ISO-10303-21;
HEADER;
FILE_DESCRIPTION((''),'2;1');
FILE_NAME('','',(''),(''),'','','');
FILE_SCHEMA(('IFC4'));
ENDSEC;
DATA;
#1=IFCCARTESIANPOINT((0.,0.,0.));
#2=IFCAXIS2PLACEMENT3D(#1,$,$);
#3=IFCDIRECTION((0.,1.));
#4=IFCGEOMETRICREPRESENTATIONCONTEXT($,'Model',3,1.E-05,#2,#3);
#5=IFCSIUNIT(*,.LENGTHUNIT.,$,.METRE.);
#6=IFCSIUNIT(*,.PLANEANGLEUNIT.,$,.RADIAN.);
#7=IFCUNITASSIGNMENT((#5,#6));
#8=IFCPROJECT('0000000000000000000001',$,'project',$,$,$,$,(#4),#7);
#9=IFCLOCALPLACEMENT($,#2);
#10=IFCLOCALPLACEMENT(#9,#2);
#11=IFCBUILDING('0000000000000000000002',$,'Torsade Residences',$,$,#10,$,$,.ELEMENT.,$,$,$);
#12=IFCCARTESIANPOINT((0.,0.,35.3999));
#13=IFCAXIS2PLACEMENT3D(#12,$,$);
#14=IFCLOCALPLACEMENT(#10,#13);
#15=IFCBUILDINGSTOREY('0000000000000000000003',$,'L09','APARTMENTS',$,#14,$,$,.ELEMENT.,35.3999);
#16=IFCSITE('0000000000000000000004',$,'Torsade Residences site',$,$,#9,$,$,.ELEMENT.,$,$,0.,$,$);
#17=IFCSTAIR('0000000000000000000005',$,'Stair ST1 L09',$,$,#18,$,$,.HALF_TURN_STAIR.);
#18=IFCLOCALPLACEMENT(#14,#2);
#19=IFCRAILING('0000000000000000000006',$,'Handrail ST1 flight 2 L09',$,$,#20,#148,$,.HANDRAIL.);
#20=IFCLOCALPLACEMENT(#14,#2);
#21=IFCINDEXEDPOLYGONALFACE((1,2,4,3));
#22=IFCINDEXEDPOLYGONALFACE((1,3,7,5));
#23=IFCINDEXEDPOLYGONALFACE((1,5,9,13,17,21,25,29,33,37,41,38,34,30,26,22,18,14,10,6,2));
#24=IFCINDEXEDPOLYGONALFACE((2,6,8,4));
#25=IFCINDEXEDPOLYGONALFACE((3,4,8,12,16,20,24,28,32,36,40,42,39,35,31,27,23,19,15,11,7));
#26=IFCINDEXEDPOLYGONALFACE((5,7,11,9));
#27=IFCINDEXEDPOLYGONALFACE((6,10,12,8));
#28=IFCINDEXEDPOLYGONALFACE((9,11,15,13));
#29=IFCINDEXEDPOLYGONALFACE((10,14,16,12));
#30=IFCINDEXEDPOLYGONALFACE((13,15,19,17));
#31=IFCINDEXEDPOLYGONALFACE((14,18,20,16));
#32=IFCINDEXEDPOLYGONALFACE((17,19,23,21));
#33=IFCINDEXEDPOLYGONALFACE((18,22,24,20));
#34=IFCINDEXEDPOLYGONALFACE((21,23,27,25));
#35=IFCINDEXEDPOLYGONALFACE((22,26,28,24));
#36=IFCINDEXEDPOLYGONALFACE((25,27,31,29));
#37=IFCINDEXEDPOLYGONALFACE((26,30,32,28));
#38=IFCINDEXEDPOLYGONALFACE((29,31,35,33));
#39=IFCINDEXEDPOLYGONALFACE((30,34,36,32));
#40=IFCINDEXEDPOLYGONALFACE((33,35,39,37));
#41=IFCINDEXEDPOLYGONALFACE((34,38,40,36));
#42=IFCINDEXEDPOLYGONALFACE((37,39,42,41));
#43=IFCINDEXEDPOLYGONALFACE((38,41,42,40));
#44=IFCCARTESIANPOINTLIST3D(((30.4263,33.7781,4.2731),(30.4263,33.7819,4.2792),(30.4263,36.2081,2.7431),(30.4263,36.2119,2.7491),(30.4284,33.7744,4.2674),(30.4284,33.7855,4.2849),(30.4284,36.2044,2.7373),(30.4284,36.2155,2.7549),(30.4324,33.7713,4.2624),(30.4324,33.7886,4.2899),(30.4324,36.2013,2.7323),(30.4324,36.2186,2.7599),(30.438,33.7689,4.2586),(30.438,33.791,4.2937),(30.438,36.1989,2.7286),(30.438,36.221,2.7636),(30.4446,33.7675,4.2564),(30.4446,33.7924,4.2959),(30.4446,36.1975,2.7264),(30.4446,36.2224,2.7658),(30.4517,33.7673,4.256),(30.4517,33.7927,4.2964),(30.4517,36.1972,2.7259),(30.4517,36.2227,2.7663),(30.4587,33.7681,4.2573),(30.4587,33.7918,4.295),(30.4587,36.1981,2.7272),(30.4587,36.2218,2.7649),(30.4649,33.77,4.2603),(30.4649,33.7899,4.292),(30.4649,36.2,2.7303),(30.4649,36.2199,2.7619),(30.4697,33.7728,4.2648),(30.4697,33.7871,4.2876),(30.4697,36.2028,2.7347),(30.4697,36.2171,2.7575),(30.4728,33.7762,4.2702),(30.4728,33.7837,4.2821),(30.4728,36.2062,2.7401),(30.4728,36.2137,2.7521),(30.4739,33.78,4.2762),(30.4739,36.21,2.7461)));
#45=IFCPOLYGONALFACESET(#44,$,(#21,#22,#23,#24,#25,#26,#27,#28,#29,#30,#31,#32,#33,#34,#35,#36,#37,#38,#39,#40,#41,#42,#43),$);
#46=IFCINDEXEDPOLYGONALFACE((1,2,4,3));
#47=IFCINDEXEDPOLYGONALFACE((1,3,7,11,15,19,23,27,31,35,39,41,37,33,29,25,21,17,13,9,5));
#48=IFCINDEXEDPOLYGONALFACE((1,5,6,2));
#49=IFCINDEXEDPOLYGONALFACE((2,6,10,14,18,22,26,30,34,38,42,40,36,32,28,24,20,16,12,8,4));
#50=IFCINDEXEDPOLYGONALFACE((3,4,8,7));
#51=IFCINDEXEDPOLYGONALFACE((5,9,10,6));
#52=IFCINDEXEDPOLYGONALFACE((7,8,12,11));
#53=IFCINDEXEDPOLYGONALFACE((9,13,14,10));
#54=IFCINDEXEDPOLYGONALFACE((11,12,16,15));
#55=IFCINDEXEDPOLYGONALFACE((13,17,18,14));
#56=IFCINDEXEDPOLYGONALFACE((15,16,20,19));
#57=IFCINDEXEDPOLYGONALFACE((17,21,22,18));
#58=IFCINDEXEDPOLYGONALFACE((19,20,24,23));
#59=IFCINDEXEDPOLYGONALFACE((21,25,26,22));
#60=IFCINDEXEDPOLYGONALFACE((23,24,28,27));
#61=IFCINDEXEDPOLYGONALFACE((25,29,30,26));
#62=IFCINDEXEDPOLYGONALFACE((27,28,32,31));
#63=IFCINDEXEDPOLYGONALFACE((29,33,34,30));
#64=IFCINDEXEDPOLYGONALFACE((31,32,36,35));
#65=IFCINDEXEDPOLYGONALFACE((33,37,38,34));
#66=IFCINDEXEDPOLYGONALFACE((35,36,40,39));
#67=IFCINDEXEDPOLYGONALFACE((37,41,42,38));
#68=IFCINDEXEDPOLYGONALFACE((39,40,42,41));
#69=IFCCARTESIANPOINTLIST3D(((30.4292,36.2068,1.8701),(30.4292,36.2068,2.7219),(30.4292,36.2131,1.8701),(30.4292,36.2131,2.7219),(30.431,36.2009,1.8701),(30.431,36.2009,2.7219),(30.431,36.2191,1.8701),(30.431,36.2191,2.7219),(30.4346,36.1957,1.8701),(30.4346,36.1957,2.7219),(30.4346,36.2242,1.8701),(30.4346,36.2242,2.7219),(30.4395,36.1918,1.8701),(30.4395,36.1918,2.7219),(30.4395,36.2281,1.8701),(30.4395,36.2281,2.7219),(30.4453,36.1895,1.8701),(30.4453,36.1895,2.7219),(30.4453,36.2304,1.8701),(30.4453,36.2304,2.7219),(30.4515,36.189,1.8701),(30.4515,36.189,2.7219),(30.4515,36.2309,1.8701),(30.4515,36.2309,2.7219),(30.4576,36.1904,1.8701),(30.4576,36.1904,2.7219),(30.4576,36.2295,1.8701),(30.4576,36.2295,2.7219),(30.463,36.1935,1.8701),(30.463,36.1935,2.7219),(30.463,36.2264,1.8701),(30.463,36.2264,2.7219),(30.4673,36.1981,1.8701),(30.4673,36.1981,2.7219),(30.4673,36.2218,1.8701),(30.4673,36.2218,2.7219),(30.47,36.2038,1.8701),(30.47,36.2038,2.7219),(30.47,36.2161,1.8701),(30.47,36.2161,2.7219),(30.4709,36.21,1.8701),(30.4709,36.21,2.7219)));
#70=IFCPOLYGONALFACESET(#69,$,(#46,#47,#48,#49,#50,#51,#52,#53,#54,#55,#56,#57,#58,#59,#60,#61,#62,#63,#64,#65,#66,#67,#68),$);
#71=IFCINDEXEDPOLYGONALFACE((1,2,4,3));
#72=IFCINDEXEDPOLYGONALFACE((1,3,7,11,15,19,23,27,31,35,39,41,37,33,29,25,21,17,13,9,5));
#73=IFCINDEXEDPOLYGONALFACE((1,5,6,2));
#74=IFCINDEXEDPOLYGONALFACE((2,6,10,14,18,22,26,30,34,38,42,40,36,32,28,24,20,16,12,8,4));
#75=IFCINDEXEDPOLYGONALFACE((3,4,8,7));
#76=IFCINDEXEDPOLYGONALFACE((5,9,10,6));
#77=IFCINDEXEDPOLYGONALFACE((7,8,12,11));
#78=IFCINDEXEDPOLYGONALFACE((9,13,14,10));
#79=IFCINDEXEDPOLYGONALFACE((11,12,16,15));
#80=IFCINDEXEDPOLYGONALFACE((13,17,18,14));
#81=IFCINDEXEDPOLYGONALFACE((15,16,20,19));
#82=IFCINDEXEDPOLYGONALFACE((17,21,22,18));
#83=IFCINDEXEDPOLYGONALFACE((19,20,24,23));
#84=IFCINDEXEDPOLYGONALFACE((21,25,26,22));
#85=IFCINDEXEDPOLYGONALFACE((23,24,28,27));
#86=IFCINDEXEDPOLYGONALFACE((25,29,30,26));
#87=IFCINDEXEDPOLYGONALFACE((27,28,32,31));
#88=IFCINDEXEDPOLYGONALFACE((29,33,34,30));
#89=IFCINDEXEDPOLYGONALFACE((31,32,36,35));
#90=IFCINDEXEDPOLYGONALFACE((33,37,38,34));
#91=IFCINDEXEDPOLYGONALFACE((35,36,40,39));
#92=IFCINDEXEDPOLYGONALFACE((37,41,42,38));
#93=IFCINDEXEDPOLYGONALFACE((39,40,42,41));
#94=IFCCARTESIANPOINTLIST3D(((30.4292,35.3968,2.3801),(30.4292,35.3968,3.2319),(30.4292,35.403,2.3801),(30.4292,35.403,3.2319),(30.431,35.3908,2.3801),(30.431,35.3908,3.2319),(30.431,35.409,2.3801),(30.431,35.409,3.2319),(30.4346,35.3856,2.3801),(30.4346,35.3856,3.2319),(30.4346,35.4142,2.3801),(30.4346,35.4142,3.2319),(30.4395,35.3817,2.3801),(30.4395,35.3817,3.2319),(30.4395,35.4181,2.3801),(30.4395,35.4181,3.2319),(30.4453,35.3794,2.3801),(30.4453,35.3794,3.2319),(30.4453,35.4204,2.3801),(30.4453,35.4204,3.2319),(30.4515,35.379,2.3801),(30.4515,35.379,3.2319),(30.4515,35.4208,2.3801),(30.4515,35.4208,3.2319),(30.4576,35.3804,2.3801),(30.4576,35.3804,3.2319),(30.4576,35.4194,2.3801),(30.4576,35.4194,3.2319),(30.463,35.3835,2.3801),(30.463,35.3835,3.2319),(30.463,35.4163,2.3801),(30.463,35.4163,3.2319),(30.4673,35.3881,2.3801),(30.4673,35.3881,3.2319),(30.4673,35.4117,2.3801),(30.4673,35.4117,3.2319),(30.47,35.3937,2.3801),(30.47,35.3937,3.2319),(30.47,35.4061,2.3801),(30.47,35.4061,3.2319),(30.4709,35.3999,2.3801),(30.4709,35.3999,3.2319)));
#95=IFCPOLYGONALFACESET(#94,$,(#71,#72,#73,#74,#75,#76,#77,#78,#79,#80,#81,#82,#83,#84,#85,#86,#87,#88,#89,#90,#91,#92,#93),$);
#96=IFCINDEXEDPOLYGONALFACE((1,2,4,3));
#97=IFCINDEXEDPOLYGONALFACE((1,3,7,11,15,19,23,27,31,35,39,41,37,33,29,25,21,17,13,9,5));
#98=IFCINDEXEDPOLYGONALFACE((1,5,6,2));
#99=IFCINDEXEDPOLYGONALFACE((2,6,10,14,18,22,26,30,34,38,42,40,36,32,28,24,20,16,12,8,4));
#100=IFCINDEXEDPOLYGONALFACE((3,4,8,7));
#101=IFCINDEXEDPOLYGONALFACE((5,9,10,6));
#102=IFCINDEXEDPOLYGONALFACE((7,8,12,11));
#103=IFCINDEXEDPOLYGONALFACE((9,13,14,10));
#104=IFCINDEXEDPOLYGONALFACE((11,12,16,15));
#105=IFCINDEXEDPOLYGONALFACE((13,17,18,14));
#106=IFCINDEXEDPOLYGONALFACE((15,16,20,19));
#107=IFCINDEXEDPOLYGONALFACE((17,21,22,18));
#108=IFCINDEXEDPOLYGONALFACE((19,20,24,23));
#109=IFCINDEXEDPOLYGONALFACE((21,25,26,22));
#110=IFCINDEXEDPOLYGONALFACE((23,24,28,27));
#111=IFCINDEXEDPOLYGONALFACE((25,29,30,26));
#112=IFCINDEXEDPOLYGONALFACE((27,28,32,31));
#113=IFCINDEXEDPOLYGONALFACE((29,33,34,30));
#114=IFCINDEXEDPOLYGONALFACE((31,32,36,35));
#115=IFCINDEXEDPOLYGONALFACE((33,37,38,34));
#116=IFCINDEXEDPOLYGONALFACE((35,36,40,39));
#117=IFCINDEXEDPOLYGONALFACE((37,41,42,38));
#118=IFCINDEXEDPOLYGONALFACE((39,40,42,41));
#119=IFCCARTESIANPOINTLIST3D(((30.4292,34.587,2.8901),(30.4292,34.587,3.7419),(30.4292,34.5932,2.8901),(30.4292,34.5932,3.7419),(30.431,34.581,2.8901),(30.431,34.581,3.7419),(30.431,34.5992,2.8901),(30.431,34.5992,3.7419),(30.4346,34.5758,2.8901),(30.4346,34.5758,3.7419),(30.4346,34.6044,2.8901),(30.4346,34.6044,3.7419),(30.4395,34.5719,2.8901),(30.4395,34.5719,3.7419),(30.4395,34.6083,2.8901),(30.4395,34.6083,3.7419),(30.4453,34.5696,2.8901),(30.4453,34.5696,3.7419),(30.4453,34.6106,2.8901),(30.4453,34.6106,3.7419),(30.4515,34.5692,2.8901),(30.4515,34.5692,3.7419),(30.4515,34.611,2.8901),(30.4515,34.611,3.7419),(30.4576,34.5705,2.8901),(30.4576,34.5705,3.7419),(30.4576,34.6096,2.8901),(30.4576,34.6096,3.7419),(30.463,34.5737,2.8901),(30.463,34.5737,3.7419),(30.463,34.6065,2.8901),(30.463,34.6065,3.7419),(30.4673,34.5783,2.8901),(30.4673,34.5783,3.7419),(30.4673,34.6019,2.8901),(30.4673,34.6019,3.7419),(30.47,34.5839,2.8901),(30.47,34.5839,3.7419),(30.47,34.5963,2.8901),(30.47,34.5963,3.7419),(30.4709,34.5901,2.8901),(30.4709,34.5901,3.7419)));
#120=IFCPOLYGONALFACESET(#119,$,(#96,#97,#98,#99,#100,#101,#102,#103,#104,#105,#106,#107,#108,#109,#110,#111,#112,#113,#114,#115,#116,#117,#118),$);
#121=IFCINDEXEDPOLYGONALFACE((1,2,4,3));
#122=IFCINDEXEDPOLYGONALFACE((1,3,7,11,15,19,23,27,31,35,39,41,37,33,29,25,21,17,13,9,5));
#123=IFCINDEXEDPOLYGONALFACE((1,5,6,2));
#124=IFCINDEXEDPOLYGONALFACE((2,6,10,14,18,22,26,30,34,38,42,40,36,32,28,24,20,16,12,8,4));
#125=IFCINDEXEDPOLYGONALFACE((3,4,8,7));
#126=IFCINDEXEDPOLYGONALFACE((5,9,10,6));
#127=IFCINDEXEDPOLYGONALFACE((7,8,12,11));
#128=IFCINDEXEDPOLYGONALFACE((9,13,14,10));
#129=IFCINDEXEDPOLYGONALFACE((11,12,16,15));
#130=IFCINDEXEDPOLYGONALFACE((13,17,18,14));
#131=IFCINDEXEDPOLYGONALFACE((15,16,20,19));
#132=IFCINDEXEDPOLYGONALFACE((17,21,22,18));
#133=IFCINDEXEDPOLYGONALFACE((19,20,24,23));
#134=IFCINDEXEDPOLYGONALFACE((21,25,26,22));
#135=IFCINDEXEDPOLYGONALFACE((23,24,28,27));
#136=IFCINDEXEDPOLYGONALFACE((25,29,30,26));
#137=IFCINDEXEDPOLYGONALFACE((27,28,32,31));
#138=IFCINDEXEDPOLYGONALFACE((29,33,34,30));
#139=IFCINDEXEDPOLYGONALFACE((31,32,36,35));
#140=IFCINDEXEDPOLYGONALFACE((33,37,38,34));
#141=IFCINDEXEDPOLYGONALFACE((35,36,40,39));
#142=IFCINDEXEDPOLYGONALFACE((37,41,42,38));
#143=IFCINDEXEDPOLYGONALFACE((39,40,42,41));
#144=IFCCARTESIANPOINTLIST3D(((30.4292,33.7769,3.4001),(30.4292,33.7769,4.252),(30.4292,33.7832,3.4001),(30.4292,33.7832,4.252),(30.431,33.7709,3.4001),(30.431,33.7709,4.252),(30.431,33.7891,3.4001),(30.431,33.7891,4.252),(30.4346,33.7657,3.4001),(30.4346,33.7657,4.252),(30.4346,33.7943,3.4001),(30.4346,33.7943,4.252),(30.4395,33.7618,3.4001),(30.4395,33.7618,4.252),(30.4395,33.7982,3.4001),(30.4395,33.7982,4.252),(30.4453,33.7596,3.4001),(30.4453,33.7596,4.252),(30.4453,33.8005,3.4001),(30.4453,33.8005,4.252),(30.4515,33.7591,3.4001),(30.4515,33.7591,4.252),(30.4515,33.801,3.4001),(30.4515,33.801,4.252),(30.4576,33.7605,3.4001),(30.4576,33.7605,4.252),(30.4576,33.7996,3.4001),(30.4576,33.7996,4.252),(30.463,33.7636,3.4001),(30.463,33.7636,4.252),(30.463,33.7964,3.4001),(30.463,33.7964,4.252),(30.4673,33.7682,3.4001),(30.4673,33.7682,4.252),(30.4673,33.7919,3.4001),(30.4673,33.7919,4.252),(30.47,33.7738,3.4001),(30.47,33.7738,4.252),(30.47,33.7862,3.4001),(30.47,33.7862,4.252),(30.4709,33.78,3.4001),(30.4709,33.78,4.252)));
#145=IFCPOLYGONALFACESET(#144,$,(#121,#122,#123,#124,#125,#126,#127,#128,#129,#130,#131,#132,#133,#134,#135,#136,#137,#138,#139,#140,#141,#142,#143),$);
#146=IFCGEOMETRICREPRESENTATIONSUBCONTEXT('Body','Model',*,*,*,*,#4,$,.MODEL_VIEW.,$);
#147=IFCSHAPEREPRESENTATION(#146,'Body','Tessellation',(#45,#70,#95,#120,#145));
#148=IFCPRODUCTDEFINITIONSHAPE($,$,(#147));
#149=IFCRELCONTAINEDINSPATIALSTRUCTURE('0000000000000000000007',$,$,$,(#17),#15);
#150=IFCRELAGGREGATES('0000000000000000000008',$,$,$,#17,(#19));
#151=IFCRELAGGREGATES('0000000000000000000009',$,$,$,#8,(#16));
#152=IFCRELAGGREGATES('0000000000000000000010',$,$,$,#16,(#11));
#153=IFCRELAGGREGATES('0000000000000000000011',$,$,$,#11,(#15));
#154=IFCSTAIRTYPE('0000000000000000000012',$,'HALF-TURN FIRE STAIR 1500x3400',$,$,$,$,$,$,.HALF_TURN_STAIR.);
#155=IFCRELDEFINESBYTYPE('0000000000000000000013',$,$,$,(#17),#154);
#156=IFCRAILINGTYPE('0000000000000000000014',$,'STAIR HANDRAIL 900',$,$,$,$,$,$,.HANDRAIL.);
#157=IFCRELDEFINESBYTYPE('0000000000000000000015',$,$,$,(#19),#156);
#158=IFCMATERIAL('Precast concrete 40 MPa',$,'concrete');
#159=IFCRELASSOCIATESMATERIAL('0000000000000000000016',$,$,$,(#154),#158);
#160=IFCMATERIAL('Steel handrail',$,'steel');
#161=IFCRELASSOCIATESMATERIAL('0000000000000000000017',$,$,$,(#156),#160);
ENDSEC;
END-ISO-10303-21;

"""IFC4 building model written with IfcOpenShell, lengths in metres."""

from ifc_helpers import new_model, si_unit, direction, frame, origin, origin_2d, place, context, subcontext, project, spatial, circle, extrude, material, type_object, element, aggregate, save


model = new_model("IFC4")

# Units and contexts
model_context = context("Model", 3, precision=1e-05, world=origin(), true_north=direction((0.0, 1.0)))
body_context = subcontext(model_context, "Body", "Model", "MODEL_VIEW")
ifc_project = project(units=[si_unit("LENGTHUNIT", "METRE"), si_unit("PLANEANGLEUNIT", "RADIAN")], contexts=[model_context])

# Site, building, storey
site_placement = place(None, origin())
site = spatial("IfcSite", under=ifc_project, at=site_placement, Name="Torsade Residences site", CompositionType="ELEMENT", RefElevation=0.0)
building_placement = place(site_placement, origin())
building = spatial("IfcBuilding", under=site, at=building_placement, Name="Torsade Residences", CompositionType="ELEMENT")
storey_placement = place(building_placement, frame((0.0, 0.0, 35.3999)))
storey = spatial("IfcBuildingStorey", under=building, at=storey_placement, Name="L09", Description="APARTMENTS", CompositionType="ELEMENT", Elevation=35.3999)

# Stair, railing
ifc_material_1 = material(Name="Precast concrete 40 MPa", Category="concrete")
stair_type = type_object("IfcStairType", Name="HALF-TURN FIRE STAIR 1500x3400", PredefinedType="HALF_TURN_STAIR", material=ifc_material_1)
stair_placement = place(storey_placement, origin())
stair = element("IfcStair", 1, at=stair_placement, inside=storey, type_object=stair_type, Name="Stair ST1 L09", PredefinedType="HALF_TURN_STAIR")
ifc_material_2 = material(Name="Steel handrail", Category="steel")
railing_type = type_object("IfcRailingType", Name="STAIR HANDRAIL 900", PredefinedType="HANDRAIL", material=ifc_material_2)
railing_1_placement = place(storey_placement, frame((30.45, 36.21, 1.8701)))
railing_1 = element("IfcRailing", 2, at=railing_1_placement, type_object=railing_type, Name="Handrail ST1 flight 2 L09", PredefinedType="HANDRAIL", context=body_context, shape_type="SweptSolid", body=[
    extrude(circle(Radius=0.0239, at=origin_2d()), frame((0.0, 0.0, 0.876), z_axis=(0.0, -0.846221, 0.532831), x_axis=(1.0, 0.0, 0.0)), (0.0, 0.0, 1.0), 2.8716),
    extrude(circle(Radius=0.021, at=origin_2d()), origin(), (0.0, 0.0, 1.0), 0.8518),
    extrude(circle(Radius=0.021, at=origin_2d()), frame((0.0, -0.8101, 0.51)), (0.0, 0.0, 1.0), 0.8518),
    extrude(circle(Radius=0.021, at=origin_2d()), frame((0.0, -1.6199, 1.02)), (0.0, 0.0, 1.0), 0.8518),
    extrude(circle(Radius=0.021, at=origin_2d()), frame((0.0, -2.4299, 1.53)), (0.0, 0.0, 1.0), 0.8518),
])
aggregate(stair, [railing_1])

save(model, "model.ifc")
